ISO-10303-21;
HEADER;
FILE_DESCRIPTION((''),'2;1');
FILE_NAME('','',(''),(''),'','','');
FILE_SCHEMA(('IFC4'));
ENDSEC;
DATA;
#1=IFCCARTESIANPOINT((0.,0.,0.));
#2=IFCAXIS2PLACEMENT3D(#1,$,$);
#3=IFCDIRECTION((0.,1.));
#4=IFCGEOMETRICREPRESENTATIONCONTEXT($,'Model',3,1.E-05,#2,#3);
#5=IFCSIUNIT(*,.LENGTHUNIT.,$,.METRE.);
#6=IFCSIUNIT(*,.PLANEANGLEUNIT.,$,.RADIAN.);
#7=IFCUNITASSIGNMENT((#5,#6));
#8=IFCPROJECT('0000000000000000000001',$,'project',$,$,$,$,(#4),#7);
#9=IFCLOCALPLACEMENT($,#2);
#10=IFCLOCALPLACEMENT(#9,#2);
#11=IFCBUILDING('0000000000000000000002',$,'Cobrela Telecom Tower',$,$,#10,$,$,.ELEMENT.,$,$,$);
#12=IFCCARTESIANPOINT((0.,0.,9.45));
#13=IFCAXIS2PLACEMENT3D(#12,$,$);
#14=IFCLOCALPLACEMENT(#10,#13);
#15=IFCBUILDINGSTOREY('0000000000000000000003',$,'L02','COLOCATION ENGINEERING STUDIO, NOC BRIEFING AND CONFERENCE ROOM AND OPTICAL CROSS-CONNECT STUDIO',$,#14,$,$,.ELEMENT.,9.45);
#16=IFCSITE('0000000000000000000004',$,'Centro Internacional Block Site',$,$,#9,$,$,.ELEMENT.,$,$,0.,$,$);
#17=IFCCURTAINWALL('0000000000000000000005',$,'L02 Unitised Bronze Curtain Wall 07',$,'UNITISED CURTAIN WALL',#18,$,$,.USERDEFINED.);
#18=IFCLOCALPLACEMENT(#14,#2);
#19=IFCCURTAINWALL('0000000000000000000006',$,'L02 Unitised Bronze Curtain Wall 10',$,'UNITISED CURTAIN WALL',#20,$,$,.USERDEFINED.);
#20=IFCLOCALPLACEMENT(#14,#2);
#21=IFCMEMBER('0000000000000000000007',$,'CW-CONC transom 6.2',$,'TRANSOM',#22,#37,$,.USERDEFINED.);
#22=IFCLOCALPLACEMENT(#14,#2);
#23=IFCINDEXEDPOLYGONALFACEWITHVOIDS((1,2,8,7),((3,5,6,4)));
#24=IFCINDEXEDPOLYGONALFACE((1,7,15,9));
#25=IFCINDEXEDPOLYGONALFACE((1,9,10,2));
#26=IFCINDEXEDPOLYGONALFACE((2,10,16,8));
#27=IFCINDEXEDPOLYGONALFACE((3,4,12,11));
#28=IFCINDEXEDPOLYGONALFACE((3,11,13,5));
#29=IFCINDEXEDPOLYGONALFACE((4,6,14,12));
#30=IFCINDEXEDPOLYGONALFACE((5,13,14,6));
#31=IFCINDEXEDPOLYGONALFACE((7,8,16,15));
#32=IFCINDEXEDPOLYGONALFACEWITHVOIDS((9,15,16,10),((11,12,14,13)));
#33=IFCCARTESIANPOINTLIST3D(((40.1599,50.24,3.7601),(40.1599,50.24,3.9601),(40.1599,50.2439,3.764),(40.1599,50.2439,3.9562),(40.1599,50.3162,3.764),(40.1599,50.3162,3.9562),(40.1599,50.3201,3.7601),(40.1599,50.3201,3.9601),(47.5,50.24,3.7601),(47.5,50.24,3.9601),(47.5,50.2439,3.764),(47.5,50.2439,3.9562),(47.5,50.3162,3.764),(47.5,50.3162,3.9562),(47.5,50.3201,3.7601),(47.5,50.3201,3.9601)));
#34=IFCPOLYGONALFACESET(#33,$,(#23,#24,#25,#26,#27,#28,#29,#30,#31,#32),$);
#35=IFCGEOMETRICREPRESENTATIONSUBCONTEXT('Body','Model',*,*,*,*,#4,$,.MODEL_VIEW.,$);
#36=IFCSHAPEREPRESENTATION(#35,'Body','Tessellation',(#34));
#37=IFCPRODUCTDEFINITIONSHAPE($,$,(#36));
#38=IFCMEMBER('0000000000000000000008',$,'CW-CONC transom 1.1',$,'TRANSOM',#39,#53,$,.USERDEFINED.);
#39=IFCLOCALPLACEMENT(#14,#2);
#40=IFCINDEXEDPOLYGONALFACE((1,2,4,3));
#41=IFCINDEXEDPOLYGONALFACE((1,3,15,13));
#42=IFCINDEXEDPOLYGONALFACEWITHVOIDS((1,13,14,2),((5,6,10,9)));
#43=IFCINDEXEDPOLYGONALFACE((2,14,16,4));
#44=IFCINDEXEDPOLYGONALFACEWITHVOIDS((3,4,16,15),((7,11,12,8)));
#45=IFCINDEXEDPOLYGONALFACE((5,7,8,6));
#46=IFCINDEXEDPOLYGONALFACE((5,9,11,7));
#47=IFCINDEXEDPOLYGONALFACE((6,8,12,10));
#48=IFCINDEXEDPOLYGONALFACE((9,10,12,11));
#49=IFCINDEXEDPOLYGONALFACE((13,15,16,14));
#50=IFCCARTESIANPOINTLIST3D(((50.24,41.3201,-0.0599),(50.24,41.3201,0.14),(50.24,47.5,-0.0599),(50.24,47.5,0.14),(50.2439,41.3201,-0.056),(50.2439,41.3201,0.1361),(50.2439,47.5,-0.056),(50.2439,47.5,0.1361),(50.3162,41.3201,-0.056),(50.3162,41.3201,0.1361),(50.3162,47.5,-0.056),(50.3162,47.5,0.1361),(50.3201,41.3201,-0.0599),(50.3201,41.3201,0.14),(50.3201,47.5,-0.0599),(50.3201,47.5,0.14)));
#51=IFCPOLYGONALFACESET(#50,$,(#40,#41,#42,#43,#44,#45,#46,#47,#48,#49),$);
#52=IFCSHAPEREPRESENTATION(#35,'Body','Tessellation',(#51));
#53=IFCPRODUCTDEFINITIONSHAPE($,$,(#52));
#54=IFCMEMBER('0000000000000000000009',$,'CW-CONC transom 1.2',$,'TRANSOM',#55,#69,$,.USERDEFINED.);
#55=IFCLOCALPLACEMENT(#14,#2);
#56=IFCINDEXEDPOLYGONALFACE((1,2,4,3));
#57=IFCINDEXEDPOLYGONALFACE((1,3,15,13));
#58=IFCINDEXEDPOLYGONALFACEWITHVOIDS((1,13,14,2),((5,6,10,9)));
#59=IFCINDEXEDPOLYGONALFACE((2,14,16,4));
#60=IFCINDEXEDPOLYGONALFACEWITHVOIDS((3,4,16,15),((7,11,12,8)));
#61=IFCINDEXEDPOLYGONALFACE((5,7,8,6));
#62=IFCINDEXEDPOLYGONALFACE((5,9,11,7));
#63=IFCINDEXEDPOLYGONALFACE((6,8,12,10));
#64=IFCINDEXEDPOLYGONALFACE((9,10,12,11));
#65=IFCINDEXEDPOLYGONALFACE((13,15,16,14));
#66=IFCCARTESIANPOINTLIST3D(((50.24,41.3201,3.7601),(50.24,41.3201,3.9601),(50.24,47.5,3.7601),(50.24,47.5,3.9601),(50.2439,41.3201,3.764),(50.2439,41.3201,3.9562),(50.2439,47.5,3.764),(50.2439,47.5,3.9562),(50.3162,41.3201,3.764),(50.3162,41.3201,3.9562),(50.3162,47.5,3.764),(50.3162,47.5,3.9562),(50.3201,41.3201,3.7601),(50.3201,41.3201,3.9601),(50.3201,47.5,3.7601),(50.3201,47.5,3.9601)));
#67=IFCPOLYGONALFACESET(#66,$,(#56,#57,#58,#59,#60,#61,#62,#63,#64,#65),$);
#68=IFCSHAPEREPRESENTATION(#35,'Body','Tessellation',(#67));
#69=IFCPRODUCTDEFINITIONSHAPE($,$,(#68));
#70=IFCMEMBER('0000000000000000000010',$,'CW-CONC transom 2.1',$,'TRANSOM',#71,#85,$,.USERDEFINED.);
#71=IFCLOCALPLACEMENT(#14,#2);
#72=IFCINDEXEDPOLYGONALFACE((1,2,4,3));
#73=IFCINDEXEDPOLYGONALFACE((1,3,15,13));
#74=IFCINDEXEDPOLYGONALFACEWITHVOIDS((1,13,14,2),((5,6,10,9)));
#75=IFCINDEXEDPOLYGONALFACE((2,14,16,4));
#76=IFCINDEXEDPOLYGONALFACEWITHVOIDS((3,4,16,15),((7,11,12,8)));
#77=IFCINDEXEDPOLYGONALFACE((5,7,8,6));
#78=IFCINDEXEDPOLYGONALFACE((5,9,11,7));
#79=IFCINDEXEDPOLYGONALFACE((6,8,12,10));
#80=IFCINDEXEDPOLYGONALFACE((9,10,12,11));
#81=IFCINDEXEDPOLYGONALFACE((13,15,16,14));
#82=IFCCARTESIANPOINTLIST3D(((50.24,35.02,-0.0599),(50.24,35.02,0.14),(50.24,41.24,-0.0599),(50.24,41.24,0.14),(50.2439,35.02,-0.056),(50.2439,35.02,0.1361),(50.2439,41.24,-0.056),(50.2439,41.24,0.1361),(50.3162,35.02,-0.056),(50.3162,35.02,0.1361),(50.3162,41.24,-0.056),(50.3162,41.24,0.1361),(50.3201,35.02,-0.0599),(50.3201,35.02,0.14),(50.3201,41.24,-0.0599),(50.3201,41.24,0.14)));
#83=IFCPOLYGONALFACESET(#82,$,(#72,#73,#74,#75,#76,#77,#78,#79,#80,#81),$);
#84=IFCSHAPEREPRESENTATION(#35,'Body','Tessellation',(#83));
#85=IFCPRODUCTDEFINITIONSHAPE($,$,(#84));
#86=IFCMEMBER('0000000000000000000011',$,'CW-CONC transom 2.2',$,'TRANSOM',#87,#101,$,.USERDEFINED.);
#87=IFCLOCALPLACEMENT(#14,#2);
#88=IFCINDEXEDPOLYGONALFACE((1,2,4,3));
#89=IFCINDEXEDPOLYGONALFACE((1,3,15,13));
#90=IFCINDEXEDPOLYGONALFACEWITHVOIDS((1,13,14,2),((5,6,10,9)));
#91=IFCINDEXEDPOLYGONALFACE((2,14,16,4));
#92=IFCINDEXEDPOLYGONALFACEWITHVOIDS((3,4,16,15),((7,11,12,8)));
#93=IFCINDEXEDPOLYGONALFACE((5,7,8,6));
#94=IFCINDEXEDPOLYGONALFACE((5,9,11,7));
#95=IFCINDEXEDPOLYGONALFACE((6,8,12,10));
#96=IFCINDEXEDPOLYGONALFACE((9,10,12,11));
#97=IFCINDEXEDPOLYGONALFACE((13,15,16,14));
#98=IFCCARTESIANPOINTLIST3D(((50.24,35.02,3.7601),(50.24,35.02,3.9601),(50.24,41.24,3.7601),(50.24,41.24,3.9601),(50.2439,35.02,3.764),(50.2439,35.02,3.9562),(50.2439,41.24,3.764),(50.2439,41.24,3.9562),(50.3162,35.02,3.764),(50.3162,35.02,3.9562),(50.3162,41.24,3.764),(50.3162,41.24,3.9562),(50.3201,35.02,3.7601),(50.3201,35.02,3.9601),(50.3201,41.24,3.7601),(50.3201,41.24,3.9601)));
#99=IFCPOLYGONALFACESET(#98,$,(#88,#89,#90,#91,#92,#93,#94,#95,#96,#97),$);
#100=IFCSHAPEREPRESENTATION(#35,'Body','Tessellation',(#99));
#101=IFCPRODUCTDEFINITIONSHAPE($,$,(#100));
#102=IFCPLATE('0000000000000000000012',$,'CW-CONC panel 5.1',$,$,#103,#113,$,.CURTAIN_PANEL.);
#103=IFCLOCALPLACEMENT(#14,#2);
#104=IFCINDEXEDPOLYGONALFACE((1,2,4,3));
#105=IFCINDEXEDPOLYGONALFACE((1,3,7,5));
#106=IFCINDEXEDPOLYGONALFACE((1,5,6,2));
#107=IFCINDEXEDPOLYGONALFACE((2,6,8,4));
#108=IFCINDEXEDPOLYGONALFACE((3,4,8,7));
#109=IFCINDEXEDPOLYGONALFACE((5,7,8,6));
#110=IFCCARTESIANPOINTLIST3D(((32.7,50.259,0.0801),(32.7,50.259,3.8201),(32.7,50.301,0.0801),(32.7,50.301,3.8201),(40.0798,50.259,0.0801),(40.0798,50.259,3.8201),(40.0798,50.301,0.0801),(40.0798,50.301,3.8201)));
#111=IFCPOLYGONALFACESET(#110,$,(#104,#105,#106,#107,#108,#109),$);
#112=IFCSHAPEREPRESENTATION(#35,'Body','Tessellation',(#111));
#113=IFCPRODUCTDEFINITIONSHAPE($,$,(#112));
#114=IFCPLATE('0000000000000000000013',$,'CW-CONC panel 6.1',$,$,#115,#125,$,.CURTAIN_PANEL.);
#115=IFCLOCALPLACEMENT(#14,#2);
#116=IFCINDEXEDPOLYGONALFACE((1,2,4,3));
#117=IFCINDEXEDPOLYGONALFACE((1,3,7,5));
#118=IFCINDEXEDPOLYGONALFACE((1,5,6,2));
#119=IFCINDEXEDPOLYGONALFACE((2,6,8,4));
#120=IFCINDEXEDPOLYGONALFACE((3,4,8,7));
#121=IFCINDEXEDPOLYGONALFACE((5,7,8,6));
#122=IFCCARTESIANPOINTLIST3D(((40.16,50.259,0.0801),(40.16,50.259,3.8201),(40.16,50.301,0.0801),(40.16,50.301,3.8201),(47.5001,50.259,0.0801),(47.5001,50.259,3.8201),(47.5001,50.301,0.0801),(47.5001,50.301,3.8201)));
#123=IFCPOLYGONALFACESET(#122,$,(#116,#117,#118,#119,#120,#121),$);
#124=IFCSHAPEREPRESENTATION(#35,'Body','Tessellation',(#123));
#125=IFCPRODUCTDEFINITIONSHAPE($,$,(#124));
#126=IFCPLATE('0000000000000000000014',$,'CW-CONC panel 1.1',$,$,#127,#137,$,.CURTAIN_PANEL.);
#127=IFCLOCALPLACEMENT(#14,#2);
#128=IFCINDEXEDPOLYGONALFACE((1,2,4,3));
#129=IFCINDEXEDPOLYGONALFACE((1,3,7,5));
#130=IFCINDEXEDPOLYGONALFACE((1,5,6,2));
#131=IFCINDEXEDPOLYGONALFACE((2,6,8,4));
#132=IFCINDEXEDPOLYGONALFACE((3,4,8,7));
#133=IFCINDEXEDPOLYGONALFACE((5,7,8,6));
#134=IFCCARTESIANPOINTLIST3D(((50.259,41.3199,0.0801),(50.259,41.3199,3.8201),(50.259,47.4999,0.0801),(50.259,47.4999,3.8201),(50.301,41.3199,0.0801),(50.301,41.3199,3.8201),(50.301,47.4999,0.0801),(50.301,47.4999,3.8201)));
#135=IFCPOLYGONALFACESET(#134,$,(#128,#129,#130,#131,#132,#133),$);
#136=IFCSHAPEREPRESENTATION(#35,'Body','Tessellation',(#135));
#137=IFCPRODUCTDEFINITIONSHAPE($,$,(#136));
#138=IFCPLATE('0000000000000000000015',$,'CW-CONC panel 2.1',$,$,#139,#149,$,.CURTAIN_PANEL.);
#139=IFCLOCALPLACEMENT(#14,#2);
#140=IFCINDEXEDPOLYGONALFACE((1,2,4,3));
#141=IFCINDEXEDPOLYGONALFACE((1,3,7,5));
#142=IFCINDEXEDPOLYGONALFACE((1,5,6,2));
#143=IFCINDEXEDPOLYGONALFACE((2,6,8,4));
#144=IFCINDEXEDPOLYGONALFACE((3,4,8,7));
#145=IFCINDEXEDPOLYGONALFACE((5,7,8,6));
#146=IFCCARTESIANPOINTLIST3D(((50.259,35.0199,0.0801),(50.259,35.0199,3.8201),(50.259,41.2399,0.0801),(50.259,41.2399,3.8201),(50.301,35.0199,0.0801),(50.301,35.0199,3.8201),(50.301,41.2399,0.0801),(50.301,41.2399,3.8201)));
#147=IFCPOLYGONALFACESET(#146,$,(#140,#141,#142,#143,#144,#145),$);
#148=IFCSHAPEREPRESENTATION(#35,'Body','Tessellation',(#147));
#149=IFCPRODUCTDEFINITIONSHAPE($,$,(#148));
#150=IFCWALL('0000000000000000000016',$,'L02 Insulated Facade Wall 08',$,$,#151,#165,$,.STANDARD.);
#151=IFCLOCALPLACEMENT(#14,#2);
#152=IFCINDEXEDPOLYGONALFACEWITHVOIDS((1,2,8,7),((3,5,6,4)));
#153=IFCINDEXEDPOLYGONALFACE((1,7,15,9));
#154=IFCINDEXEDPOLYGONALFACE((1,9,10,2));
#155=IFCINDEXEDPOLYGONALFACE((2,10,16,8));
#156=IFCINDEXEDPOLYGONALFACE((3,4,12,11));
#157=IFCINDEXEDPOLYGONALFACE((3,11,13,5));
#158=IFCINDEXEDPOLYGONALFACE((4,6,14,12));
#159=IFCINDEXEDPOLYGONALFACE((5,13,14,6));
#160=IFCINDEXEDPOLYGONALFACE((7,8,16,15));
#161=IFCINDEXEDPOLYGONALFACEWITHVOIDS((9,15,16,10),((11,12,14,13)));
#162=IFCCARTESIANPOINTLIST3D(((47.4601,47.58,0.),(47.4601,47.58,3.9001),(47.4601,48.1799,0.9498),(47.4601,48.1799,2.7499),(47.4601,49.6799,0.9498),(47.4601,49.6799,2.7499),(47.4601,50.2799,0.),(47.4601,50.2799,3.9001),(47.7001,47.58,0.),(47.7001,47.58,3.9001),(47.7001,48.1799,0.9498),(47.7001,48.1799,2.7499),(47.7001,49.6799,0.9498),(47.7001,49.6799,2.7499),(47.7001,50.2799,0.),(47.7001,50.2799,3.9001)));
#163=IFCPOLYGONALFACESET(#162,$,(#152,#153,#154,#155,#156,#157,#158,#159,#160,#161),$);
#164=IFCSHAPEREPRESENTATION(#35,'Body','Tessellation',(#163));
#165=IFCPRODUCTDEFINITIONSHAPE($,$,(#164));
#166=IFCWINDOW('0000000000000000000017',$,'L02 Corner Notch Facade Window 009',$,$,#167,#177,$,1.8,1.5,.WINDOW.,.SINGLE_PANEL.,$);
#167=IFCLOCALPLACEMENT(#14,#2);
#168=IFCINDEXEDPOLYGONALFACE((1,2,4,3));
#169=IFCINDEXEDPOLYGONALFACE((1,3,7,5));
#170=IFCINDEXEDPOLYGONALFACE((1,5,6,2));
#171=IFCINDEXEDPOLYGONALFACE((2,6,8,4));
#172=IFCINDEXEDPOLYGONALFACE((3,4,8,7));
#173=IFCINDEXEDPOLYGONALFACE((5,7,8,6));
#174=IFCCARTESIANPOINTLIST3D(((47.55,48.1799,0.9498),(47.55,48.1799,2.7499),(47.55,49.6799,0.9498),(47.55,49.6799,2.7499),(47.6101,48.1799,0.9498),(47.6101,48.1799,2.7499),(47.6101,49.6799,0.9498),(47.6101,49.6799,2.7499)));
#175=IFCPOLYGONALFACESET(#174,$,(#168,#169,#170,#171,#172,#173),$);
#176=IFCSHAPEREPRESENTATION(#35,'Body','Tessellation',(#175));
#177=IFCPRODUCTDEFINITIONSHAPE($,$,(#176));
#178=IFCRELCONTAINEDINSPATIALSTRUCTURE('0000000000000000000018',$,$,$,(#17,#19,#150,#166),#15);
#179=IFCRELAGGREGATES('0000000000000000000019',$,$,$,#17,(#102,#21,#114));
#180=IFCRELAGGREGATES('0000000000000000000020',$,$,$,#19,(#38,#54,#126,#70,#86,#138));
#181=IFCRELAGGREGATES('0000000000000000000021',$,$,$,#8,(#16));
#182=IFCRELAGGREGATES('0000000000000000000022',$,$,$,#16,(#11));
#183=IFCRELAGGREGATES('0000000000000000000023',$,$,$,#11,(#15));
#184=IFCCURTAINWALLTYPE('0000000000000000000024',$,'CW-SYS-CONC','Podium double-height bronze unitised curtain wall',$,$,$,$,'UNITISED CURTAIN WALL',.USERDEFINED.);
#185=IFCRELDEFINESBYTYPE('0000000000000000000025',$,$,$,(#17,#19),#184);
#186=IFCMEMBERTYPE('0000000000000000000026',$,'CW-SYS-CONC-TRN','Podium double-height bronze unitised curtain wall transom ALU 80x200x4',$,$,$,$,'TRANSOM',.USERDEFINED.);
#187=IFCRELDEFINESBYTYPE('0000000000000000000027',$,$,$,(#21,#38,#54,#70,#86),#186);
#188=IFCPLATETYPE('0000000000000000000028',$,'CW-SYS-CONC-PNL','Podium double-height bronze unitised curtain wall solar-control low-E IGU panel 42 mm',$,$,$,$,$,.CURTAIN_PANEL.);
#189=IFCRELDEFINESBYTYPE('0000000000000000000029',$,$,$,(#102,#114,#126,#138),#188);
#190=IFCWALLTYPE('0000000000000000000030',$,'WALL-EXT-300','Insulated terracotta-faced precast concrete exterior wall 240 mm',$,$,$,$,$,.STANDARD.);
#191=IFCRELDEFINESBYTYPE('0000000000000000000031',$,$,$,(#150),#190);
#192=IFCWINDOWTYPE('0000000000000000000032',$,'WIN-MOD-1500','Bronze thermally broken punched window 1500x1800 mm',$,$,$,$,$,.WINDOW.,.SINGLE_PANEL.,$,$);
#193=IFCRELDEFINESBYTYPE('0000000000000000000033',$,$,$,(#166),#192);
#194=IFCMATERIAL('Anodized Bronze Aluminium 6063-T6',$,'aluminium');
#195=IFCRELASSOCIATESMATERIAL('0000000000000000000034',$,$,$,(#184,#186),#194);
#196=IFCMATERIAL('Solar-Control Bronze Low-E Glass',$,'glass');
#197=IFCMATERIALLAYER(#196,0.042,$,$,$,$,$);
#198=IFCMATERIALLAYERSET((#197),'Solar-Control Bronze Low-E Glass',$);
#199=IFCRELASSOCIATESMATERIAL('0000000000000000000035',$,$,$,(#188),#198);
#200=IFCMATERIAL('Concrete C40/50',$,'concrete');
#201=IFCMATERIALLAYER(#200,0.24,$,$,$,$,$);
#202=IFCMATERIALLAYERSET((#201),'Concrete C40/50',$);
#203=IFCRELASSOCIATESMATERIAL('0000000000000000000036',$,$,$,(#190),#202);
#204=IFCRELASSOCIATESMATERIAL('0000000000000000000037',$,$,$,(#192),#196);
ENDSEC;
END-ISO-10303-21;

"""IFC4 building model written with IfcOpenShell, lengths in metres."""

from ifc_helpers import new_model, si_unit, direction, frame, frame_2d, origin, origin_2d, place, context, subcontext, project, spatial, rectangle, hollow_rectangle, extrude, material, layer, layer_set, material_profile, profile_set, type_object, element, fill, aggregate, save


model = new_model("IFC4")

# Units and contexts
model_context = context("Model", 3, precision=1e-05, world=origin(), true_north=direction((0.0, 1.0)))
body_context = subcontext(model_context, "Body", "Model", "MODEL_VIEW")
ifc_project = project(units=[si_unit("LENGTHUNIT", "METRE"), si_unit("PLANEANGLEUNIT", "RADIAN")], contexts=[model_context])

# Site, building, storey
site_placement = place(None, origin())
site = spatial("IfcSite", under=ifc_project, at=site_placement, Name="Centro Internacional Block Site", CompositionType="ELEMENT", RefElevation=0.0)
building_placement = place(site_placement, origin())
building = spatial("IfcBuilding", under=site, at=building_placement, Name="Cobrela Telecom Tower", CompositionType="ELEMENT")
storey_placement = place(building_placement, frame((0.0, 0.0, 9.45)))
storey = spatial("IfcBuildingStorey", under=building, at=storey_placement, Name="L02", Description="COLOCATION ENGINEERING STUDIO, NOC BRIEFING AND CONFERENCE ROOM AND OPTICAL CROSS-CONNECT STUDIO", CompositionType="ELEMENT", Elevation=9.45)

# Shared definitions
ifc_material_1 = material(Name="Concrete C40/50", Category="concrete")

# Curtain walls
ifc_material_2 = material(Name="Anodized Bronze Aluminium 6063-T6", Category="aluminium")
curtain_wall_type = type_object("IfcCurtainWallType", Name="CW-SYS-CONC", Description="Podium double-height bronze unitised curtain wall", ElementType="UNITISED CURTAIN WALL", PredefinedType="USERDEFINED", material=ifc_material_2)
curtain_wall_1_placement = place(storey_placement, origin())
curtain_wall_1 = element("IfcCurtainWall", 1, at=curtain_wall_1_placement, inside=storey, type_object=curtain_wall_type, Name="L02 Unitised Bronze Curtain Wall 07", ObjectType="UNITISED CURTAIN WALL", PredefinedType="USERDEFINED")
curtain_wall_2_placement = place(storey_placement, origin())
curtain_wall_2 = element("IfcCurtainWall", 2, at=curtain_wall_2_placement, inside=storey, type_object=curtain_wall_type, Name="L02 Unitised Bronze Curtain Wall 10", ObjectType="UNITISED CURTAIN WALL", PredefinedType="USERDEFINED")

# Members
ifc_material_profile_1 = material_profile(ifc_material_2, hollow_rectangle(XDim=0.0801, YDim=0.2, WallThickness=0.0039, at=origin_2d()), Name="ALU 80x200x4")
ifc_profile_set_1 = profile_set([ifc_material_profile_1], Name="Anodized Bronze Aluminium 6063-T6")
member_type_1 = type_object("IfcMemberType", Name="CW-SYS-CONC-TRN", Description="Podium double-height bronze unitised curtain wall transom ALU 80x200x4", ElementType="TRANSOM", PredefinedType="USERDEFINED", material=ifc_profile_set_1)
member_1_placement = place(storey_placement, frame((40.1599, 50.28, 3.8601), z_axis=(1.0, 0.0, 0.0), x_axis=(0.0, 1.0, 0.0)))
member_1 = element("IfcMember", 3, at=member_1_placement, type_object=member_type_1, Name="CW-CONC transom 6.2", ObjectType="TRANSOM", PredefinedType="USERDEFINED", context=body_context, shape_type="SweptSolid", body=[
    extrude(hollow_rectangle(XDim=0.0801, YDim=0.2, WallThickness=0.0039, at=origin_2d()), origin(), (0.0, 0.0, 1.0), 7.3401),
])
member_2_placement = place(storey_placement, frame((50.28, 47.5, 0.04), z_axis=(0.0, -1.0, 0.0), x_axis=(1.0, 0.0, 0.0)))
member_2 = element("IfcMember", 4, at=member_2_placement, type_object=member_type_1, Name="CW-CONC transom 1.1", ObjectType="TRANSOM", PredefinedType="USERDEFINED", context=body_context, shape_type="SweptSolid", body=[
    extrude(hollow_rectangle(XDim=0.0801, YDim=0.2, WallThickness=0.0039, at=origin_2d()), origin(), (0.0, 0.0, 1.0), 6.1799),
])
member_3_placement = place(storey_placement, frame((50.28, 47.5, 3.8601), z_axis=(0.0, -1.0, 0.0), x_axis=(1.0, 0.0, 0.0)))
member_3 = element("IfcMember", 5, at=member_3_placement, type_object=member_type_1, Name="CW-CONC transom 1.2", ObjectType="TRANSOM", PredefinedType="USERDEFINED", context=body_context, shape_type="SweptSolid", body=[
    extrude(hollow_rectangle(XDim=0.0801, YDim=0.2, WallThickness=0.0039, at=origin_2d()), origin(), (0.0, 0.0, 1.0), 6.1799),
])
member_4_placement = place(storey_placement, frame((50.28, 41.24, 0.04), z_axis=(0.0, -1.0, 0.0), x_axis=(1.0, 0.0, 0.0)))
member_4 = element("IfcMember", 6, at=member_4_placement, type_object=member_type_1, Name="CW-CONC transom 2.1", ObjectType="TRANSOM", PredefinedType="USERDEFINED", context=body_context, shape_type="SweptSolid", body=[
    extrude(hollow_rectangle(XDim=0.0801, YDim=0.2, WallThickness=0.0039, at=origin_2d()), origin(), (0.0, 0.0, 1.0), 6.22),
])
member_5_placement = place(storey_placement, frame((50.28, 41.24, 3.8601), z_axis=(0.0, -1.0, 0.0), x_axis=(1.0, 0.0, 0.0)))
member_5 = element("IfcMember", 7, at=member_5_placement, type_object=member_type_1, Name="CW-CONC transom 2.2", ObjectType="TRANSOM", PredefinedType="USERDEFINED", context=body_context, shape_type="SweptSolid", body=[
    extrude(hollow_rectangle(XDim=0.0801, YDim=0.2, WallThickness=0.0039, at=origin_2d()), origin(), (0.0, 0.0, 1.0), 6.22),
])

# Plates
ifc_material_3 = material(Name="Solar-Control Bronze Low-E Glass", Category="glass")
ifc_layer_1 = layer(ifc_material_3, 0.042)
ifc_layer_set_1 = layer_set([ifc_layer_1], Name="Solar-Control Bronze Low-E Glass")
plate_type = type_object("IfcPlateType", Name="CW-SYS-CONC-PNL", Description="Podium double-height bronze unitised curtain wall solar-control low-E IGU panel 42 mm", PredefinedType="CURTAIN_PANEL", material=ifc_layer_set_1)
plate_1_placement = place(storey_placement, frame((36.3899, 50.28, 0.0801), z_axis=(0.0, 0.0, 1.0), x_axis=(1.0, 0.0, 0.0)))
plate_1 = element("IfcPlate", 8, at=plate_1_placement, type_object=plate_type, Name="CW-CONC panel 5.1", PredefinedType="CURTAIN_PANEL", context=body_context, shape_type="SweptSolid", body=[
    extrude(rectangle(XDim=7.3799, YDim=0.042, at=origin_2d()), origin(), (0.0, 0.0, 1.0), 3.74),
])
plate_2_placement = place(storey_placement, frame((43.8301, 50.28, 0.0801), z_axis=(0.0, 0.0, 1.0), x_axis=(1.0, 0.0, 0.0)))
plate_2 = element("IfcPlate", 9, at=plate_2_placement, type_object=plate_type, Name="CW-CONC panel 6.1", PredefinedType="CURTAIN_PANEL", context=body_context, shape_type="SweptSolid", body=[
    extrude(rectangle(XDim=7.3401, YDim=0.042, at=origin_2d()), origin(), (0.0, 0.0, 1.0), 3.74),
])
aggregate(curtain_wall_1, [plate_1, member_1, plate_2])
plate_3_placement = place(storey_placement, frame((50.28, 44.4099, 0.0801), z_axis=(0.0, 0.0, 1.0), x_axis=(0.0, -1.0, 0.0)))
plate_3 = element("IfcPlate", 10, at=plate_3_placement, type_object=plate_type, Name="CW-CONC panel 1.1", PredefinedType="CURTAIN_PANEL", context=body_context, shape_type="SweptSolid", body=[
    extrude(rectangle(XDim=6.1799, YDim=0.042, at=origin_2d()), origin(), (0.0, 0.0, 1.0), 3.74),
])
plate_4_placement = place(storey_placement, frame((50.28, 38.1299, 0.0801), z_axis=(0.0, 0.0, 1.0), x_axis=(0.0, -1.0, 0.0)))
plate_4 = element("IfcPlate", 11, at=plate_4_placement, type_object=plate_type, Name="CW-CONC panel 2.1", PredefinedType="CURTAIN_PANEL", context=body_context, shape_type="SweptSolid", body=[
    extrude(rectangle(XDim=6.22, YDim=0.042, at=origin_2d()), origin(), (0.0, 0.0, 1.0), 3.74),
])
aggregate(curtain_wall_2, [member_2, member_3, plate_3, member_4, member_5, plate_4])

# Wall, opening, window
ifc_layer_2 = layer(ifc_material_1, 0.24)
ifc_layer_set_2 = layer_set([ifc_layer_2], Name="Concrete C40/50")
wall_type_1 = type_object("IfcWallType", Name="WALL-EXT-300", Description="Insulated terracotta-faced precast concrete exterior wall 240 mm", PredefinedType="STANDARD", material=ifc_layer_set_2)
wall_1_placement = place(storey_placement, frame((47.5801, 50.28, 0.0), z_axis=(0.0, 0.0, 1.0), x_axis=(0.0, -1.0, 0.0)))
wall_1 = element("IfcWall", 12, at=wall_1_placement, inside=storey, type_object=wall_type_1, Name="L02 Insulated Facade Wall 08", PredefinedType="STANDARD", context=body_context, shape_type="SweptSolid", body=[
    extrude(rectangle(XDim=2.7, YDim=0.24, at=frame_2d((1.3501, 0.0))), origin(), (0.0, 0.0, 1.0), 3.9001),
])
opening_1_placement = place(wall_1_placement, frame((0.6001, 0.0, 0.95)))
opening_1 = element("IfcOpeningElement", 13, at=opening_1_placement, cuts=wall_1, PredefinedType="OPENING", context=body_context, shape_type="SweptSolid", body=[
    extrude(rectangle(XDim=1.5, YDim=1.8, at=frame_2d((0.75, 0.8999))), frame((0.0, 0.1318, 0.0), z_axis=(0.0, -1.0, 0.0), x_axis=(1.0, 0.0, 0.0)), (0.0, 0.0, 1.0), 0.2639),
])
window_type_1 = type_object("IfcWindowType", Name="WIN-MOD-1500", Description="Bronze thermally broken punched window 1500x1800 mm", PartitioningType="SINGLE_PANEL", PredefinedType="WINDOW", material=ifc_material_3)
window_1_placement = place(opening_1_placement, origin())
window_1 = element("IfcWindow", 14, at=window_1_placement, inside=storey, type_object=window_type_1, Name="L02 Corner Notch Facade Window 009", OverallHeight=1.8, OverallWidth=1.5, PartitioningType="SINGLE_PANEL", PredefinedType="WINDOW", context=body_context, shape_type="SweptSolid", body=[
    extrude(rectangle(XDim=1.5, YDim=1.8, at=frame_2d((0.75, 0.8999))), frame((0.0, 0.03, 0.0), z_axis=(0.0, -1.0, 0.0), x_axis=(1.0, 0.0, 0.0)), (0.0, 0.0, 1.0), 0.0601),
])
fill(opening_1, window_1)

save(model, "model.ifc")
